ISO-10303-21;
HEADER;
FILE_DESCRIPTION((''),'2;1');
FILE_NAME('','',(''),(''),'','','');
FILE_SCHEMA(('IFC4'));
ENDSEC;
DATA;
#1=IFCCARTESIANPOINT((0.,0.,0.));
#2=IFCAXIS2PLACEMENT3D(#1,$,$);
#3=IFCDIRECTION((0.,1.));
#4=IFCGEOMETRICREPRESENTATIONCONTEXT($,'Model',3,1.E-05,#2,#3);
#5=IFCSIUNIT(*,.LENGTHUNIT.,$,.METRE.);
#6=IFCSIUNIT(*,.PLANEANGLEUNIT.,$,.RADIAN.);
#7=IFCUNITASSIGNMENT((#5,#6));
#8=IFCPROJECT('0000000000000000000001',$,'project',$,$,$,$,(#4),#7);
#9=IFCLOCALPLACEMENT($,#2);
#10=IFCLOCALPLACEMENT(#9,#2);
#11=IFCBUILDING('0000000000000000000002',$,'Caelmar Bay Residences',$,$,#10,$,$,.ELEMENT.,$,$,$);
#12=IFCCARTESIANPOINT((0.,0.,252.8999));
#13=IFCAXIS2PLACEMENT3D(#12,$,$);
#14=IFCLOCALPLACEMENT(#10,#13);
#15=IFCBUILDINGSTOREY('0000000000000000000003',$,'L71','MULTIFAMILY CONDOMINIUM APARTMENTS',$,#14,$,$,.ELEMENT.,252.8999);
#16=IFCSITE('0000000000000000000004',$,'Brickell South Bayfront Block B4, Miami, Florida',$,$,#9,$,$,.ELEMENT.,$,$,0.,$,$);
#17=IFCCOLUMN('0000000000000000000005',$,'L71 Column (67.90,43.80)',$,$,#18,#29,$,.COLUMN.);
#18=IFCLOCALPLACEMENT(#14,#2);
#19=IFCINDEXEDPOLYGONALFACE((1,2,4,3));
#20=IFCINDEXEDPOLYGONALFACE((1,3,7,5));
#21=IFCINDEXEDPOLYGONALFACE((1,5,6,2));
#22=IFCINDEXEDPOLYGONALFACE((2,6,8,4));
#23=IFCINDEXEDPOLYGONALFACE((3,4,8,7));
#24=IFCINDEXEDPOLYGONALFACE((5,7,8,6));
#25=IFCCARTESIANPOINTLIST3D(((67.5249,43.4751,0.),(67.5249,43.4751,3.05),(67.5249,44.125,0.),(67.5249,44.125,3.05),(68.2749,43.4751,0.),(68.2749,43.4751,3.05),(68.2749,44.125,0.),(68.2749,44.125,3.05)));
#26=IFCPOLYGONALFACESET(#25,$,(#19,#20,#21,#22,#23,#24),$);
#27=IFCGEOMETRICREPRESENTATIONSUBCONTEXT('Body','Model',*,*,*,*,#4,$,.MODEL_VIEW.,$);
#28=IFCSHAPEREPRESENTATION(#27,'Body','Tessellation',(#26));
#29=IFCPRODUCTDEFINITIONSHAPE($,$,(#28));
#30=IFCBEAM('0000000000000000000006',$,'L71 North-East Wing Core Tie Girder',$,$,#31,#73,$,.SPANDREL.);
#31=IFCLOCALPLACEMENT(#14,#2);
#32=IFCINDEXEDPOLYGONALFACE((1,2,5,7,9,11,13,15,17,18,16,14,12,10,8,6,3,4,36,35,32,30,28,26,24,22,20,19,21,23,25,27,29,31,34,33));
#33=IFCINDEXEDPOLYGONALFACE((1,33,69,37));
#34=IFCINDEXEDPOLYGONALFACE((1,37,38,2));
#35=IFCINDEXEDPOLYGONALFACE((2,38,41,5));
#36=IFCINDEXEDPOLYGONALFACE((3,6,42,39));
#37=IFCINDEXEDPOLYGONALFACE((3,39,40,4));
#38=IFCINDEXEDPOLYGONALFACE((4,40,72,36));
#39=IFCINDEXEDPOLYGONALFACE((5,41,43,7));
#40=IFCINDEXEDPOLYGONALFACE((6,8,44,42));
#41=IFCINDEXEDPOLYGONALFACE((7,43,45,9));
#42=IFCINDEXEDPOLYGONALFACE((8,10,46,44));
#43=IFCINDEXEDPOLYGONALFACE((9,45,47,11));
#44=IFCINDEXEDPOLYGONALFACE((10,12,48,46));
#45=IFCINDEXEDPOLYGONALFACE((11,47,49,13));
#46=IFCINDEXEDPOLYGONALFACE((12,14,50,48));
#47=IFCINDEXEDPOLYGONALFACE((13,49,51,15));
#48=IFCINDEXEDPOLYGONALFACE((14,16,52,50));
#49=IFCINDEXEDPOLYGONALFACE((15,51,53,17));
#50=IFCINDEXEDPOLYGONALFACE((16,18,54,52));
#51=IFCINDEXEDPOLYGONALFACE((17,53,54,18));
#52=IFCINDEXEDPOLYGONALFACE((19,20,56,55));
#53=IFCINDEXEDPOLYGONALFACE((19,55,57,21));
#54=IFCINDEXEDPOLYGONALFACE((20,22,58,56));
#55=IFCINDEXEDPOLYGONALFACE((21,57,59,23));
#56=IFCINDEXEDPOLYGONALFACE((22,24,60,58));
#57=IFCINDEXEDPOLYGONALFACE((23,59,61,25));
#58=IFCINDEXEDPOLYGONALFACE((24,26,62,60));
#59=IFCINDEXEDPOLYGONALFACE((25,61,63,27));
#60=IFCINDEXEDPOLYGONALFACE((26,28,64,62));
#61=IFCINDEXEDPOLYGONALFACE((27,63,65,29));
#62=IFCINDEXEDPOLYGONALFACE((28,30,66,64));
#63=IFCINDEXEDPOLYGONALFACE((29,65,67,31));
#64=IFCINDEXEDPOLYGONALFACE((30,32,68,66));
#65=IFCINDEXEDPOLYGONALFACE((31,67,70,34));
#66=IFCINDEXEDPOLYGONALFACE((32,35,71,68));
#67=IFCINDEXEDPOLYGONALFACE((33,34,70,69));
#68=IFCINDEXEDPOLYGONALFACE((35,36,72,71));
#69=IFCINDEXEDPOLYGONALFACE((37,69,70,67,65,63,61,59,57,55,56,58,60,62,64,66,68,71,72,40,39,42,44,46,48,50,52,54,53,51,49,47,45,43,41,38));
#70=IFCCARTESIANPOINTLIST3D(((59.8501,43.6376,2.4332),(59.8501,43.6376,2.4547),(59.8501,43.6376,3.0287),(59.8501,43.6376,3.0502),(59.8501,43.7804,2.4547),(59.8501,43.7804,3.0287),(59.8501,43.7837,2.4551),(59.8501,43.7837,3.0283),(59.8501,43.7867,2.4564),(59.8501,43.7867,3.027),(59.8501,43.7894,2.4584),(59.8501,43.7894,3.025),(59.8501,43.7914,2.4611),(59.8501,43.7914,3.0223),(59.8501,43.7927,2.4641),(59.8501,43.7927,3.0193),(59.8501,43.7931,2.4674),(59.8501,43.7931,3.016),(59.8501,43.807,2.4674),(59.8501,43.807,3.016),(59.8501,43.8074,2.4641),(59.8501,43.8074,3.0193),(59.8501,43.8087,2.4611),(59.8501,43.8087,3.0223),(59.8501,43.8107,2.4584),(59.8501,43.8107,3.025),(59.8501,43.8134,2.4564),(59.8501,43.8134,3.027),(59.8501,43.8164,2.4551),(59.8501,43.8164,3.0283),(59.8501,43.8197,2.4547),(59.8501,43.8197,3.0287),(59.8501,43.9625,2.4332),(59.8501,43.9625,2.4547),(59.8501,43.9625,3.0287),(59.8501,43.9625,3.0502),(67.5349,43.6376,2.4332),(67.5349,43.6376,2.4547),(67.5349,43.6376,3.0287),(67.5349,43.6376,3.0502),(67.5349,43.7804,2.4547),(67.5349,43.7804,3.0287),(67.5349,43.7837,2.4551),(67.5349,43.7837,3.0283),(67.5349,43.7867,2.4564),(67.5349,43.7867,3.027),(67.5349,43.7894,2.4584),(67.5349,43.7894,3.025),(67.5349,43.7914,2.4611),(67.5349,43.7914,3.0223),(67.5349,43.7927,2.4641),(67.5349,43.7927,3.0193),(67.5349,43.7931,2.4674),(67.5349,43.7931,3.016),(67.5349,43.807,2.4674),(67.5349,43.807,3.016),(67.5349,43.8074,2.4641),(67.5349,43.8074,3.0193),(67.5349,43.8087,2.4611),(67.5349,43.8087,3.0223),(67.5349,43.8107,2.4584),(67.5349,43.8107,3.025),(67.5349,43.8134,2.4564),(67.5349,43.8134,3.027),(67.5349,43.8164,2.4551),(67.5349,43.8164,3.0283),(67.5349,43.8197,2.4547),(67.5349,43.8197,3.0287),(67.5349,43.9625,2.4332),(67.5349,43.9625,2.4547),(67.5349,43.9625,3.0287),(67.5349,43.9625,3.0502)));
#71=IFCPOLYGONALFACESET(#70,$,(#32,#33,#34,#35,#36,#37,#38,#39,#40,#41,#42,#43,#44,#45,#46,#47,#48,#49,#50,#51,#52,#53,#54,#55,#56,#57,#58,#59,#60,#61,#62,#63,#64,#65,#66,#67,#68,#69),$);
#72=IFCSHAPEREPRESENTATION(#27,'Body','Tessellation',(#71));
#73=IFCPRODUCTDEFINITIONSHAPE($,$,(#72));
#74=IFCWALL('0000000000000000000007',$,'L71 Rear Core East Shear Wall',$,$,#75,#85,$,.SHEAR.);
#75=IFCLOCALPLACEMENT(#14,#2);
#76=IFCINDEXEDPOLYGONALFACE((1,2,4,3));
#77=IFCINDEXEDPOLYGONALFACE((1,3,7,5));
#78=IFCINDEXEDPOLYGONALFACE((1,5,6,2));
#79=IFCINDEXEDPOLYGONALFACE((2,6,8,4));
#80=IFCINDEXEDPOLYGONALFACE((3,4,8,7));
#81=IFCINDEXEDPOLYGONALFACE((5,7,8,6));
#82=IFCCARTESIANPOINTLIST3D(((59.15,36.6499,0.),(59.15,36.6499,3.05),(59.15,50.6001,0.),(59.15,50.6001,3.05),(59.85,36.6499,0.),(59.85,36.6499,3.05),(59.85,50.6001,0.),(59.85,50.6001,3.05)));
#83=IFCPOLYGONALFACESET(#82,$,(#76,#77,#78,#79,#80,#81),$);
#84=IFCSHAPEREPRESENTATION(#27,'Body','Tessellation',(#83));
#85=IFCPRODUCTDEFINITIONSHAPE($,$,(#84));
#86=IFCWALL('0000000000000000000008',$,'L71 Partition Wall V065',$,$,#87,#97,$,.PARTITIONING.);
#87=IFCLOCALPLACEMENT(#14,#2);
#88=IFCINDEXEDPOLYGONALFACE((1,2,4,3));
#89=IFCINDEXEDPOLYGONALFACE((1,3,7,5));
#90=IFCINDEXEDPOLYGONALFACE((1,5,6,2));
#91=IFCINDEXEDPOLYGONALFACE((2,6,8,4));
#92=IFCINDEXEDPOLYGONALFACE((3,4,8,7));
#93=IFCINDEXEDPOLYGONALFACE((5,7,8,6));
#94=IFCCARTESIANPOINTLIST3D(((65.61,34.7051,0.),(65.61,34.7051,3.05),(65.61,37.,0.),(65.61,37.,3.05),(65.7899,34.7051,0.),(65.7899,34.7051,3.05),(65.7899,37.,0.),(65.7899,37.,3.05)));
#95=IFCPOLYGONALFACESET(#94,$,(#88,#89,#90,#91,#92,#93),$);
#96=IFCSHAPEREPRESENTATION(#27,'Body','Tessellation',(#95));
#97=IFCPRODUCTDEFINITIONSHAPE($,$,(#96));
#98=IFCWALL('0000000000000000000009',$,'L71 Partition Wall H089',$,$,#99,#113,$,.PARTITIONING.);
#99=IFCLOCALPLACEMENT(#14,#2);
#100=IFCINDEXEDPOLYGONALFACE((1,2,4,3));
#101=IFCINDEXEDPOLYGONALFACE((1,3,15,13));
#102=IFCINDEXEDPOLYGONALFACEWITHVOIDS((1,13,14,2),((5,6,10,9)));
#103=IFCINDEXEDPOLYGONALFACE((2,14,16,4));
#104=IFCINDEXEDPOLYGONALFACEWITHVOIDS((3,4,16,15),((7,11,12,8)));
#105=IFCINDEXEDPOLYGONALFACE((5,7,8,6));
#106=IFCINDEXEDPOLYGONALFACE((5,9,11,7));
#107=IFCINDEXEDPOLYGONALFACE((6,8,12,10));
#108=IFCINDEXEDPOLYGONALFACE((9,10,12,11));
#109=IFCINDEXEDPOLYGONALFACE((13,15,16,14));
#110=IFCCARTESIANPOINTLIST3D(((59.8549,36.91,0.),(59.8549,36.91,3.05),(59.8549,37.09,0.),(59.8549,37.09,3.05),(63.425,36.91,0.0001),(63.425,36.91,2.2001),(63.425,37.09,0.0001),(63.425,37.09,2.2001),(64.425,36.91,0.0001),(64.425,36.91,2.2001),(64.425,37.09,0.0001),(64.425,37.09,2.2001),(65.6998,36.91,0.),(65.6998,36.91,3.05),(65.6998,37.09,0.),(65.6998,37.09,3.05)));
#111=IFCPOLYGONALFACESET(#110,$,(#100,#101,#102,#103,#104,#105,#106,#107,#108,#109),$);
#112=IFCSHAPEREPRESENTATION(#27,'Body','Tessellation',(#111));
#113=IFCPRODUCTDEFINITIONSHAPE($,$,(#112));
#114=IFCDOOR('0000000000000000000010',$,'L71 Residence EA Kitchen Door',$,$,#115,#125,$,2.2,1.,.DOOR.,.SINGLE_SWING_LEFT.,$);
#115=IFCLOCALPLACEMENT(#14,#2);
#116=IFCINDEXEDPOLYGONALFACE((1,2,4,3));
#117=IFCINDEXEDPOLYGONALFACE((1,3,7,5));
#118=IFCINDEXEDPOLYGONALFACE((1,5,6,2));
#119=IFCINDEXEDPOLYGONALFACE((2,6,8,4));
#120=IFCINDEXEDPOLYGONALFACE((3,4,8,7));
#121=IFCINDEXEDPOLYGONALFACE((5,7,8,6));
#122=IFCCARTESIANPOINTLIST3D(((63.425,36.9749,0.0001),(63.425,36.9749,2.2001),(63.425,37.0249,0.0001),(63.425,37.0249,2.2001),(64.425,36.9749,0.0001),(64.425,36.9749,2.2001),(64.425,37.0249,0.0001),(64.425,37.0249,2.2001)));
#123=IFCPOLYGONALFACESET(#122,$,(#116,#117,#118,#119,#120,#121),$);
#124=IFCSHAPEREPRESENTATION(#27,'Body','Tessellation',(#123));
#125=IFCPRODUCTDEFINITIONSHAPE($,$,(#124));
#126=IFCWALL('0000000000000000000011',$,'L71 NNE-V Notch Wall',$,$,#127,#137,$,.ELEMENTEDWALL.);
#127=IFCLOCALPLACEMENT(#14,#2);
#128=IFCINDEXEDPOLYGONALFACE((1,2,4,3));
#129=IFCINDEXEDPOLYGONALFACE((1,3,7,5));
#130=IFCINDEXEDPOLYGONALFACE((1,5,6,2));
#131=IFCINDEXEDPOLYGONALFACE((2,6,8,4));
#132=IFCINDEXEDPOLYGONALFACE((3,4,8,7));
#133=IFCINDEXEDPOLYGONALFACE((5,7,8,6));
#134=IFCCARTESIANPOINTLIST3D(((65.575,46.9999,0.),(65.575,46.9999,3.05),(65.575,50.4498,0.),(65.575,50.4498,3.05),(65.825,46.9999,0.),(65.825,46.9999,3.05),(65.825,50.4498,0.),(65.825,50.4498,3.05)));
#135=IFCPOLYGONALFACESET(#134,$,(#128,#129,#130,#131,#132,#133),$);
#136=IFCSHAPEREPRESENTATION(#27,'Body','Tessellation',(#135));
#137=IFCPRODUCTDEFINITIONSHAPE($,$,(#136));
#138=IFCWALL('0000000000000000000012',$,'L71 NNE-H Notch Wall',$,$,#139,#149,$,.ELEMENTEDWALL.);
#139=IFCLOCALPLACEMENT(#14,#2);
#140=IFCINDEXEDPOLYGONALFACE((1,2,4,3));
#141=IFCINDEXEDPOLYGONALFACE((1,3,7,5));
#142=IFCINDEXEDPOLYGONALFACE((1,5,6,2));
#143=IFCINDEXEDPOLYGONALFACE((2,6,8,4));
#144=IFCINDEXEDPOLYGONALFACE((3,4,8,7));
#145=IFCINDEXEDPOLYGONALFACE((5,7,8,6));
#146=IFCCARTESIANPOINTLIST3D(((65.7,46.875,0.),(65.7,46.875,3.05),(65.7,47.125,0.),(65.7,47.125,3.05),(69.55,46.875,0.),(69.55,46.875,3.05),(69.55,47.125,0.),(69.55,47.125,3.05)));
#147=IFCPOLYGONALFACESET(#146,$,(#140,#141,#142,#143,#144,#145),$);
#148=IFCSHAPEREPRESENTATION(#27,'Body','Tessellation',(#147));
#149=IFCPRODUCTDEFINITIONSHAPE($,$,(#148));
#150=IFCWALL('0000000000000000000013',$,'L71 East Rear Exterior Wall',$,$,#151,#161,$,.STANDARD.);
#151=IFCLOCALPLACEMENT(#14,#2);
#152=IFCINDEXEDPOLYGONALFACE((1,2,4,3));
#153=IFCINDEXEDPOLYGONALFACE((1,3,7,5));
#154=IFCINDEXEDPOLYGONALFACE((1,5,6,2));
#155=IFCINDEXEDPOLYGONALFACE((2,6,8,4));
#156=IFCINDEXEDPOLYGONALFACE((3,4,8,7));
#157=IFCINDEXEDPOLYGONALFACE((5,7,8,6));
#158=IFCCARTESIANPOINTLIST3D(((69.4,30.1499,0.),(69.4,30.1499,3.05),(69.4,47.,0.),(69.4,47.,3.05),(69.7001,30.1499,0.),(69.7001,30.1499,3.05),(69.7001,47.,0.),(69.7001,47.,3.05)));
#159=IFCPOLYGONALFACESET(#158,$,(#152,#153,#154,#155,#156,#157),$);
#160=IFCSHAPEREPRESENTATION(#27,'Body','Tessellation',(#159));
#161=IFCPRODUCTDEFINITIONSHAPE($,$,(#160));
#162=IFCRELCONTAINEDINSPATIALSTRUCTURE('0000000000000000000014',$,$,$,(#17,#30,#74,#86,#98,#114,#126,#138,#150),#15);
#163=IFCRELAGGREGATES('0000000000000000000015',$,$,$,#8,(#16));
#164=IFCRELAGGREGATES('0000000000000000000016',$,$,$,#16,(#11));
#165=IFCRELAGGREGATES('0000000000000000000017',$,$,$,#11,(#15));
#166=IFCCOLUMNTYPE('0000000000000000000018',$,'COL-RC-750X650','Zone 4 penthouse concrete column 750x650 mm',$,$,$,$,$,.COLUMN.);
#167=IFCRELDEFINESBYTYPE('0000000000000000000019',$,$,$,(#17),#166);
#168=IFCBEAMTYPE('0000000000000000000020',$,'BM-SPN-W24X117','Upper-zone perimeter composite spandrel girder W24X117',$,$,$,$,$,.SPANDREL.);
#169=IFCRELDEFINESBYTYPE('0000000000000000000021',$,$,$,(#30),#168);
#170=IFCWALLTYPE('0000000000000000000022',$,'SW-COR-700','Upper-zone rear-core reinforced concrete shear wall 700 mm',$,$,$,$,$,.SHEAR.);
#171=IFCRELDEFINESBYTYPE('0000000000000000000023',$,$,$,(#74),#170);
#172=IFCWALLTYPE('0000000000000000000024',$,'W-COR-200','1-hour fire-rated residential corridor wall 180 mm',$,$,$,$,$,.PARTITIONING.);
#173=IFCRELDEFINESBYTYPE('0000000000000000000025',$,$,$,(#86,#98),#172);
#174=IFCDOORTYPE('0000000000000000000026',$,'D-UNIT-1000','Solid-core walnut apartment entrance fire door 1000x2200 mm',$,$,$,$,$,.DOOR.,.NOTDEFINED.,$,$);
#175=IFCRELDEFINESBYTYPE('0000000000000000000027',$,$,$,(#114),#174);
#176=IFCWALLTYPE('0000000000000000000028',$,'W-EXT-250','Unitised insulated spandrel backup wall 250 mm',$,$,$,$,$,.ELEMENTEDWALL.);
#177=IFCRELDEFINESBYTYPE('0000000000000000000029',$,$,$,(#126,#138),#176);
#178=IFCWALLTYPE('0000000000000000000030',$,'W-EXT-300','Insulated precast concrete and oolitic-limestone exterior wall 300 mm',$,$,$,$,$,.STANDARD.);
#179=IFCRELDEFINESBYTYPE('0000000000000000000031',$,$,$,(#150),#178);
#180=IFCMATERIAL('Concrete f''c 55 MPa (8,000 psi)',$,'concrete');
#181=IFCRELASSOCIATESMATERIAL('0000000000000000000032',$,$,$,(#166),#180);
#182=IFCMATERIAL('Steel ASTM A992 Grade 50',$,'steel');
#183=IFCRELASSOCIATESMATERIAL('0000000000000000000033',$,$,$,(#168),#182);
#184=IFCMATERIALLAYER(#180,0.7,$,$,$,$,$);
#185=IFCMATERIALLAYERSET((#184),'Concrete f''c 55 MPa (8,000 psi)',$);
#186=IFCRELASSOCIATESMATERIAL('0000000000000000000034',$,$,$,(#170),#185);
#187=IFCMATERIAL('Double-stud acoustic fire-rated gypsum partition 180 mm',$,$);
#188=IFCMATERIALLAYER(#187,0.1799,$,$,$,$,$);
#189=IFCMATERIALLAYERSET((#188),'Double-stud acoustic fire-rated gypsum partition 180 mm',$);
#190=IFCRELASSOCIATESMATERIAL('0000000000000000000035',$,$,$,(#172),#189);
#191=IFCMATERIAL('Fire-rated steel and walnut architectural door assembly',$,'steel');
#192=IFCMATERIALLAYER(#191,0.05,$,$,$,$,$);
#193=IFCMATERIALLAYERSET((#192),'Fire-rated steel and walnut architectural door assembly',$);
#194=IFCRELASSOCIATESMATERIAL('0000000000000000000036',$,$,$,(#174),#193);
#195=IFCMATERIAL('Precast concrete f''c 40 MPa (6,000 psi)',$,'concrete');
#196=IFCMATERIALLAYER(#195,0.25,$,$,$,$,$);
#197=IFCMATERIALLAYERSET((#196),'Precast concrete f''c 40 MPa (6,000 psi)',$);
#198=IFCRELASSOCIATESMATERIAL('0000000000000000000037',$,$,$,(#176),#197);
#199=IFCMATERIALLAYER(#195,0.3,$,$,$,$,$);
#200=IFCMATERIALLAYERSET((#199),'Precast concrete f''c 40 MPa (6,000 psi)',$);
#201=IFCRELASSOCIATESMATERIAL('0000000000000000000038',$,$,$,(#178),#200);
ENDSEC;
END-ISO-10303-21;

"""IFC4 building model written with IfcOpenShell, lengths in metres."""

from ifc_helpers import new_model, si_unit, direction, frame, frame_2d, origin, origin_2d, place, context, subcontext, project, spatial, rectangle, i_section, extrude, material, layer, layer_set, material_profile, profile_set, type_object, element, fill, save


model = new_model("IFC4")

# Units and contexts
model_context = context("Model", 3, precision=1e-05, world=origin(), true_north=direction((0.0, 1.0)))
body_context = subcontext(model_context, "Body", "Model", "MODEL_VIEW")
ifc_project = project(units=[si_unit("LENGTHUNIT", "METRE"), si_unit("PLANEANGLEUNIT", "RADIAN")], contexts=[model_context])

# Site, building, storey
site_placement = place(None, origin())
site = spatial("IfcSite", under=ifc_project, at=site_placement, Name="Brickell South Bayfront Block B4, Miami, Florida", CompositionType="ELEMENT", RefElevation=0.0)
building_placement = place(site_placement, origin())
building = spatial("IfcBuilding", under=site, at=building_placement, Name="Caelmar Bay Residences", CompositionType="ELEMENT")
storey_placement = place(building_placement, frame((0.0, 0.0, 252.8999)))
storey = spatial("IfcBuildingStorey", under=building, at=storey_placement, Name="L71", Description="MULTIFAMILY CONDOMINIUM APARTMENTS", CompositionType="ELEMENT", Elevation=252.8999)

# Column
ifc_material_1 = material(Name="Concrete f'c 55 MPa (8,000 psi)", Category="concrete")
ifc_material_profile_1 = material_profile(ifc_material_1, rectangle(XDim=0.75, YDim=0.6499, at=origin_2d()), Name="RC-COL-750X650")
ifc_profile_set_1 = profile_set([ifc_material_profile_1], Name="Concrete f'c 55 MPa (8,000 psi)")
column_type = type_object("IfcColumnType", Name="COL-RC-750X650", Description="Zone 4 penthouse concrete column 750x650 mm", PredefinedType="COLUMN", material=ifc_profile_set_1)
column_placement = place(storey_placement, frame((67.8999, 43.8, 0.0), z_axis=(0.0, 0.0, 1.0), x_axis=(1.0, 0.0, 0.0)))
element("IfcColumn", 1, at=column_placement, inside=storey, type_object=column_type, Name="L71 Column (67.90,43.80)", PredefinedType="COLUMN", context=body_context, shape_type="SweptSolid", body=[
    extrude(rectangle(XDim=0.75, YDim=0.6499, at=origin_2d()), origin(), (0.0, 0.0, 1.0), 3.05),
])

# Beam
ifc_material_2 = material(Name="Steel ASTM A992 Grade 50", Category="steel")
ifc_material_profile_2 = material_profile(ifc_material_2, i_section(OverallWidth=0.325, OverallDepth=0.6169, WebThickness=0.0139, FlangeThickness=0.0215, FilletRadius=0.0127, at=origin_2d()), Name="W24X117")
ifc_profile_set_2 = profile_set([ifc_material_profile_2], Name="Steel ASTM A992 Grade 50")
beam_type = type_object("IfcBeamType", Name="BM-SPN-W24X117", Description="Upper-zone perimeter composite spandrel girder W24X117", PredefinedType="SPANDREL", material=ifc_profile_set_2)
beam_placement = place(storey_placement, frame((59.8501, 43.8, 2.7417), z_axis=(1.0, 0.0, 0.0), x_axis=(0.0, 1.0, 0.0)))
element("IfcBeam", 2, at=beam_placement, inside=storey, type_object=beam_type, Name="L71 North-East Wing Core Tie Girder", PredefinedType="SPANDREL", context=body_context, shape_type="SweptSolid", body=[
    extrude(i_section(OverallWidth=0.325, OverallDepth=0.6169, WebThickness=0.0139, FlangeThickness=0.0215, FilletRadius=0.0127, at=origin_2d()), origin(), (0.0, 0.0, 1.0), 7.6848),
])

# Walls
ifc_layer_1 = layer(ifc_material_1, 0.7)
ifc_layer_set_1 = layer_set([ifc_layer_1], Name="Concrete f'c 55 MPa (8,000 psi)")
wall_type_1 = type_object("IfcWallType", Name="SW-COR-700", Description="Upper-zone rear-core reinforced concrete shear wall 700 mm", PredefinedType="SHEAR", material=ifc_layer_set_1)
wall_1_placement = place(storey_placement, frame((59.5, 36.6499, 0.0), z_axis=(0.0, 0.0, 1.0), x_axis=(0.0, 1.0, 0.0)))
element("IfcWall", 3, at=wall_1_placement, inside=storey, type_object=wall_type_1, Name="L71 Rear Core East Shear Wall", PredefinedType="SHEAR", context=body_context, shape_type="SweptSolid", body=[
    extrude(rectangle(XDim=13.9502, YDim=0.7, at=frame_2d((6.9751, 0.0))), origin(), (0.0, 0.0, 1.0), 3.05),
])
ifc_material_3 = material(Name="Double-stud acoustic fire-rated gypsum partition 180 mm")
ifc_layer_2 = layer(ifc_material_3, 0.1799)
ifc_layer_set_2 = layer_set([ifc_layer_2], Name="Double-stud acoustic fire-rated gypsum partition 180 mm")
wall_type_2 = type_object("IfcWallType", Name="W-COR-200", Description="1-hour fire-rated residential corridor wall 180 mm", PredefinedType="PARTITIONING", material=ifc_layer_set_2)
wall_2_placement = place(storey_placement, frame((65.7, 34.7051, 0.0), z_axis=(0.0, 0.0, 1.0), x_axis=(0.0, 1.0, 0.0)))
element("IfcWall", 4, at=wall_2_placement, inside=storey, type_object=wall_type_2, Name="L71 Partition Wall V065", PredefinedType="PARTITIONING", context=body_context, shape_type="SweptSolid", body=[
    extrude(rectangle(XDim=2.2949, YDim=0.1799, at=frame_2d((1.1475, 0.0))), origin(), (0.0, 0.0, 1.0), 3.05),
])

# Wall, opening, door
wall_3_placement = place(storey_placement, frame((59.855, 37.0, 0.0), z_axis=(0.0, 0.0, 1.0), x_axis=(1.0, 0.0, 0.0)))
wall_3 = element("IfcWall", 5, at=wall_3_placement, inside=storey, type_object=wall_type_2, Name="L71 Partition Wall H089", PredefinedType="PARTITIONING", context=body_context, shape_type="SweptSolid", body=[
    extrude(rectangle(XDim=5.845, YDim=0.1799, at=frame_2d((2.9224, 0.0))), origin(), (0.0, 0.0, 1.0), 3.05),
])
opening_1_placement = place(wall_3_placement, frame((3.5701, 0.0, 0.0)))
opening_1 = element("IfcOpeningElement", 6, at=opening_1_placement, cuts=wall_3, PredefinedType="OPENING", context=body_context, shape_type="SweptSolid", body=[
    extrude(rectangle(XDim=1.0, YDim=2.2, at=frame_2d((0.5, 1.1001))), frame((0.0, 0.0999, 0.0), z_axis=(0.0, -1.0, 0.0), x_axis=(1.0, 0.0, 0.0)), (0.0, 0.0, 1.0), 0.2),
])
ifc_material_4 = material(Name="Fire-rated steel and walnut architectural door assembly", Category="steel")
ifc_layer_3 = layer(ifc_material_4, 0.05)
ifc_layer_set_3 = layer_set([ifc_layer_3], Name="Fire-rated steel and walnut architectural door assembly")
door_type_1 = type_object("IfcDoorType", Name="D-UNIT-1000", Description="Solid-core walnut apartment entrance fire door 1000x2200 mm", OperationType="NOTDEFINED", PredefinedType="DOOR", material=ifc_layer_set_3)
door_1_placement = place(opening_1_placement, origin())
door_1 = element("IfcDoor", 7, at=door_1_placement, inside=storey, type_object=door_type_1, Name="L71 Residence EA Kitchen Door", OperationType="SINGLE_SWING_LEFT", OverallHeight=2.2, OverallWidth=1.0, PredefinedType="DOOR", context=body_context, shape_type="SweptSolid", body=[
    extrude(rectangle(XDim=1.0, YDim=2.2, at=frame_2d((0.5, 1.1001))), frame((0.0, 0.0249, 0.0), z_axis=(0.0, -1.0, 0.0), x_axis=(1.0, 0.0, 0.0)), (0.0, 0.0, 1.0), 0.05),
])
fill(opening_1, door_1)

# Walls
ifc_material_5 = material(Name="Precast concrete f'c 40 MPa (6,000 psi)", Category="concrete")
ifc_layer_4 = layer(ifc_material_5, 0.25)
ifc_layer_set_4 = layer_set([ifc_layer_4], Name="Precast concrete f'c 40 MPa (6,000 psi)")
wall_type_3 = type_object("IfcWallType", Name="W-EXT-250", Description="Unitised insulated spandrel backup wall 250 mm", PredefinedType="ELEMENTEDWALL", material=ifc_layer_set_4)
wall_4_placement = place(storey_placement, frame((65.7, 50.45, 0.0), z_axis=(0.0, 0.0, 1.0), x_axis=(0.0, -1.0, 0.0)))
element("IfcWall", 8, at=wall_4_placement, inside=storey, type_object=wall_type_3, Name="L71 NNE-V Notch Wall", PredefinedType="ELEMENTEDWALL", context=body_context, shape_type="SweptSolid", body=[
    extrude(rectangle(XDim=3.45, YDim=0.25, at=frame_2d((1.7251, 0.0))), origin(), (0.0, 0.0, 1.0), 3.05),
])
wall_5_placement = place(storey_placement, frame((65.7, 47.0, 0.0), z_axis=(0.0, 0.0, 1.0), x_axis=(1.0, 0.0, 0.0)))
element("IfcWall", 9, at=wall_5_placement, inside=storey, type_object=wall_type_3, Name="L71 NNE-H Notch Wall", PredefinedType="ELEMENTEDWALL", context=body_context, shape_type="SweptSolid", body=[
    extrude(rectangle(XDim=3.8501, YDim=0.25, at=frame_2d((1.925, 0.0))), origin(), (0.0, 0.0, 1.0), 3.05),
])
ifc_layer_5 = layer(ifc_material_5, 0.3)
ifc_layer_set_5 = layer_set([ifc_layer_5], Name="Precast concrete f'c 40 MPa (6,000 psi)")
wall_type_4 = type_object("IfcWallType", Name="W-EXT-300", Description="Insulated precast concrete and oolitic-limestone exterior wall 300 mm", PredefinedType="STANDARD", material=ifc_layer_set_5)
wall_6_placement = place(storey_placement, frame((69.55, 47.0, 0.0), z_axis=(0.0, 0.0, 1.0), x_axis=(0.0, -1.0, 0.0)))
element("IfcWall", 10, at=wall_6_placement, inside=storey, type_object=wall_type_4, Name="L71 East Rear Exterior Wall", PredefinedType="STANDARD", context=body_context, shape_type="SweptSolid", body=[
    extrude(rectangle(XDim=16.8501, YDim=0.3, at=frame_2d((8.425, 0.0))), origin(), (0.0, 0.0, 1.0), 3.05),
])

save(model, "model.ifc")
